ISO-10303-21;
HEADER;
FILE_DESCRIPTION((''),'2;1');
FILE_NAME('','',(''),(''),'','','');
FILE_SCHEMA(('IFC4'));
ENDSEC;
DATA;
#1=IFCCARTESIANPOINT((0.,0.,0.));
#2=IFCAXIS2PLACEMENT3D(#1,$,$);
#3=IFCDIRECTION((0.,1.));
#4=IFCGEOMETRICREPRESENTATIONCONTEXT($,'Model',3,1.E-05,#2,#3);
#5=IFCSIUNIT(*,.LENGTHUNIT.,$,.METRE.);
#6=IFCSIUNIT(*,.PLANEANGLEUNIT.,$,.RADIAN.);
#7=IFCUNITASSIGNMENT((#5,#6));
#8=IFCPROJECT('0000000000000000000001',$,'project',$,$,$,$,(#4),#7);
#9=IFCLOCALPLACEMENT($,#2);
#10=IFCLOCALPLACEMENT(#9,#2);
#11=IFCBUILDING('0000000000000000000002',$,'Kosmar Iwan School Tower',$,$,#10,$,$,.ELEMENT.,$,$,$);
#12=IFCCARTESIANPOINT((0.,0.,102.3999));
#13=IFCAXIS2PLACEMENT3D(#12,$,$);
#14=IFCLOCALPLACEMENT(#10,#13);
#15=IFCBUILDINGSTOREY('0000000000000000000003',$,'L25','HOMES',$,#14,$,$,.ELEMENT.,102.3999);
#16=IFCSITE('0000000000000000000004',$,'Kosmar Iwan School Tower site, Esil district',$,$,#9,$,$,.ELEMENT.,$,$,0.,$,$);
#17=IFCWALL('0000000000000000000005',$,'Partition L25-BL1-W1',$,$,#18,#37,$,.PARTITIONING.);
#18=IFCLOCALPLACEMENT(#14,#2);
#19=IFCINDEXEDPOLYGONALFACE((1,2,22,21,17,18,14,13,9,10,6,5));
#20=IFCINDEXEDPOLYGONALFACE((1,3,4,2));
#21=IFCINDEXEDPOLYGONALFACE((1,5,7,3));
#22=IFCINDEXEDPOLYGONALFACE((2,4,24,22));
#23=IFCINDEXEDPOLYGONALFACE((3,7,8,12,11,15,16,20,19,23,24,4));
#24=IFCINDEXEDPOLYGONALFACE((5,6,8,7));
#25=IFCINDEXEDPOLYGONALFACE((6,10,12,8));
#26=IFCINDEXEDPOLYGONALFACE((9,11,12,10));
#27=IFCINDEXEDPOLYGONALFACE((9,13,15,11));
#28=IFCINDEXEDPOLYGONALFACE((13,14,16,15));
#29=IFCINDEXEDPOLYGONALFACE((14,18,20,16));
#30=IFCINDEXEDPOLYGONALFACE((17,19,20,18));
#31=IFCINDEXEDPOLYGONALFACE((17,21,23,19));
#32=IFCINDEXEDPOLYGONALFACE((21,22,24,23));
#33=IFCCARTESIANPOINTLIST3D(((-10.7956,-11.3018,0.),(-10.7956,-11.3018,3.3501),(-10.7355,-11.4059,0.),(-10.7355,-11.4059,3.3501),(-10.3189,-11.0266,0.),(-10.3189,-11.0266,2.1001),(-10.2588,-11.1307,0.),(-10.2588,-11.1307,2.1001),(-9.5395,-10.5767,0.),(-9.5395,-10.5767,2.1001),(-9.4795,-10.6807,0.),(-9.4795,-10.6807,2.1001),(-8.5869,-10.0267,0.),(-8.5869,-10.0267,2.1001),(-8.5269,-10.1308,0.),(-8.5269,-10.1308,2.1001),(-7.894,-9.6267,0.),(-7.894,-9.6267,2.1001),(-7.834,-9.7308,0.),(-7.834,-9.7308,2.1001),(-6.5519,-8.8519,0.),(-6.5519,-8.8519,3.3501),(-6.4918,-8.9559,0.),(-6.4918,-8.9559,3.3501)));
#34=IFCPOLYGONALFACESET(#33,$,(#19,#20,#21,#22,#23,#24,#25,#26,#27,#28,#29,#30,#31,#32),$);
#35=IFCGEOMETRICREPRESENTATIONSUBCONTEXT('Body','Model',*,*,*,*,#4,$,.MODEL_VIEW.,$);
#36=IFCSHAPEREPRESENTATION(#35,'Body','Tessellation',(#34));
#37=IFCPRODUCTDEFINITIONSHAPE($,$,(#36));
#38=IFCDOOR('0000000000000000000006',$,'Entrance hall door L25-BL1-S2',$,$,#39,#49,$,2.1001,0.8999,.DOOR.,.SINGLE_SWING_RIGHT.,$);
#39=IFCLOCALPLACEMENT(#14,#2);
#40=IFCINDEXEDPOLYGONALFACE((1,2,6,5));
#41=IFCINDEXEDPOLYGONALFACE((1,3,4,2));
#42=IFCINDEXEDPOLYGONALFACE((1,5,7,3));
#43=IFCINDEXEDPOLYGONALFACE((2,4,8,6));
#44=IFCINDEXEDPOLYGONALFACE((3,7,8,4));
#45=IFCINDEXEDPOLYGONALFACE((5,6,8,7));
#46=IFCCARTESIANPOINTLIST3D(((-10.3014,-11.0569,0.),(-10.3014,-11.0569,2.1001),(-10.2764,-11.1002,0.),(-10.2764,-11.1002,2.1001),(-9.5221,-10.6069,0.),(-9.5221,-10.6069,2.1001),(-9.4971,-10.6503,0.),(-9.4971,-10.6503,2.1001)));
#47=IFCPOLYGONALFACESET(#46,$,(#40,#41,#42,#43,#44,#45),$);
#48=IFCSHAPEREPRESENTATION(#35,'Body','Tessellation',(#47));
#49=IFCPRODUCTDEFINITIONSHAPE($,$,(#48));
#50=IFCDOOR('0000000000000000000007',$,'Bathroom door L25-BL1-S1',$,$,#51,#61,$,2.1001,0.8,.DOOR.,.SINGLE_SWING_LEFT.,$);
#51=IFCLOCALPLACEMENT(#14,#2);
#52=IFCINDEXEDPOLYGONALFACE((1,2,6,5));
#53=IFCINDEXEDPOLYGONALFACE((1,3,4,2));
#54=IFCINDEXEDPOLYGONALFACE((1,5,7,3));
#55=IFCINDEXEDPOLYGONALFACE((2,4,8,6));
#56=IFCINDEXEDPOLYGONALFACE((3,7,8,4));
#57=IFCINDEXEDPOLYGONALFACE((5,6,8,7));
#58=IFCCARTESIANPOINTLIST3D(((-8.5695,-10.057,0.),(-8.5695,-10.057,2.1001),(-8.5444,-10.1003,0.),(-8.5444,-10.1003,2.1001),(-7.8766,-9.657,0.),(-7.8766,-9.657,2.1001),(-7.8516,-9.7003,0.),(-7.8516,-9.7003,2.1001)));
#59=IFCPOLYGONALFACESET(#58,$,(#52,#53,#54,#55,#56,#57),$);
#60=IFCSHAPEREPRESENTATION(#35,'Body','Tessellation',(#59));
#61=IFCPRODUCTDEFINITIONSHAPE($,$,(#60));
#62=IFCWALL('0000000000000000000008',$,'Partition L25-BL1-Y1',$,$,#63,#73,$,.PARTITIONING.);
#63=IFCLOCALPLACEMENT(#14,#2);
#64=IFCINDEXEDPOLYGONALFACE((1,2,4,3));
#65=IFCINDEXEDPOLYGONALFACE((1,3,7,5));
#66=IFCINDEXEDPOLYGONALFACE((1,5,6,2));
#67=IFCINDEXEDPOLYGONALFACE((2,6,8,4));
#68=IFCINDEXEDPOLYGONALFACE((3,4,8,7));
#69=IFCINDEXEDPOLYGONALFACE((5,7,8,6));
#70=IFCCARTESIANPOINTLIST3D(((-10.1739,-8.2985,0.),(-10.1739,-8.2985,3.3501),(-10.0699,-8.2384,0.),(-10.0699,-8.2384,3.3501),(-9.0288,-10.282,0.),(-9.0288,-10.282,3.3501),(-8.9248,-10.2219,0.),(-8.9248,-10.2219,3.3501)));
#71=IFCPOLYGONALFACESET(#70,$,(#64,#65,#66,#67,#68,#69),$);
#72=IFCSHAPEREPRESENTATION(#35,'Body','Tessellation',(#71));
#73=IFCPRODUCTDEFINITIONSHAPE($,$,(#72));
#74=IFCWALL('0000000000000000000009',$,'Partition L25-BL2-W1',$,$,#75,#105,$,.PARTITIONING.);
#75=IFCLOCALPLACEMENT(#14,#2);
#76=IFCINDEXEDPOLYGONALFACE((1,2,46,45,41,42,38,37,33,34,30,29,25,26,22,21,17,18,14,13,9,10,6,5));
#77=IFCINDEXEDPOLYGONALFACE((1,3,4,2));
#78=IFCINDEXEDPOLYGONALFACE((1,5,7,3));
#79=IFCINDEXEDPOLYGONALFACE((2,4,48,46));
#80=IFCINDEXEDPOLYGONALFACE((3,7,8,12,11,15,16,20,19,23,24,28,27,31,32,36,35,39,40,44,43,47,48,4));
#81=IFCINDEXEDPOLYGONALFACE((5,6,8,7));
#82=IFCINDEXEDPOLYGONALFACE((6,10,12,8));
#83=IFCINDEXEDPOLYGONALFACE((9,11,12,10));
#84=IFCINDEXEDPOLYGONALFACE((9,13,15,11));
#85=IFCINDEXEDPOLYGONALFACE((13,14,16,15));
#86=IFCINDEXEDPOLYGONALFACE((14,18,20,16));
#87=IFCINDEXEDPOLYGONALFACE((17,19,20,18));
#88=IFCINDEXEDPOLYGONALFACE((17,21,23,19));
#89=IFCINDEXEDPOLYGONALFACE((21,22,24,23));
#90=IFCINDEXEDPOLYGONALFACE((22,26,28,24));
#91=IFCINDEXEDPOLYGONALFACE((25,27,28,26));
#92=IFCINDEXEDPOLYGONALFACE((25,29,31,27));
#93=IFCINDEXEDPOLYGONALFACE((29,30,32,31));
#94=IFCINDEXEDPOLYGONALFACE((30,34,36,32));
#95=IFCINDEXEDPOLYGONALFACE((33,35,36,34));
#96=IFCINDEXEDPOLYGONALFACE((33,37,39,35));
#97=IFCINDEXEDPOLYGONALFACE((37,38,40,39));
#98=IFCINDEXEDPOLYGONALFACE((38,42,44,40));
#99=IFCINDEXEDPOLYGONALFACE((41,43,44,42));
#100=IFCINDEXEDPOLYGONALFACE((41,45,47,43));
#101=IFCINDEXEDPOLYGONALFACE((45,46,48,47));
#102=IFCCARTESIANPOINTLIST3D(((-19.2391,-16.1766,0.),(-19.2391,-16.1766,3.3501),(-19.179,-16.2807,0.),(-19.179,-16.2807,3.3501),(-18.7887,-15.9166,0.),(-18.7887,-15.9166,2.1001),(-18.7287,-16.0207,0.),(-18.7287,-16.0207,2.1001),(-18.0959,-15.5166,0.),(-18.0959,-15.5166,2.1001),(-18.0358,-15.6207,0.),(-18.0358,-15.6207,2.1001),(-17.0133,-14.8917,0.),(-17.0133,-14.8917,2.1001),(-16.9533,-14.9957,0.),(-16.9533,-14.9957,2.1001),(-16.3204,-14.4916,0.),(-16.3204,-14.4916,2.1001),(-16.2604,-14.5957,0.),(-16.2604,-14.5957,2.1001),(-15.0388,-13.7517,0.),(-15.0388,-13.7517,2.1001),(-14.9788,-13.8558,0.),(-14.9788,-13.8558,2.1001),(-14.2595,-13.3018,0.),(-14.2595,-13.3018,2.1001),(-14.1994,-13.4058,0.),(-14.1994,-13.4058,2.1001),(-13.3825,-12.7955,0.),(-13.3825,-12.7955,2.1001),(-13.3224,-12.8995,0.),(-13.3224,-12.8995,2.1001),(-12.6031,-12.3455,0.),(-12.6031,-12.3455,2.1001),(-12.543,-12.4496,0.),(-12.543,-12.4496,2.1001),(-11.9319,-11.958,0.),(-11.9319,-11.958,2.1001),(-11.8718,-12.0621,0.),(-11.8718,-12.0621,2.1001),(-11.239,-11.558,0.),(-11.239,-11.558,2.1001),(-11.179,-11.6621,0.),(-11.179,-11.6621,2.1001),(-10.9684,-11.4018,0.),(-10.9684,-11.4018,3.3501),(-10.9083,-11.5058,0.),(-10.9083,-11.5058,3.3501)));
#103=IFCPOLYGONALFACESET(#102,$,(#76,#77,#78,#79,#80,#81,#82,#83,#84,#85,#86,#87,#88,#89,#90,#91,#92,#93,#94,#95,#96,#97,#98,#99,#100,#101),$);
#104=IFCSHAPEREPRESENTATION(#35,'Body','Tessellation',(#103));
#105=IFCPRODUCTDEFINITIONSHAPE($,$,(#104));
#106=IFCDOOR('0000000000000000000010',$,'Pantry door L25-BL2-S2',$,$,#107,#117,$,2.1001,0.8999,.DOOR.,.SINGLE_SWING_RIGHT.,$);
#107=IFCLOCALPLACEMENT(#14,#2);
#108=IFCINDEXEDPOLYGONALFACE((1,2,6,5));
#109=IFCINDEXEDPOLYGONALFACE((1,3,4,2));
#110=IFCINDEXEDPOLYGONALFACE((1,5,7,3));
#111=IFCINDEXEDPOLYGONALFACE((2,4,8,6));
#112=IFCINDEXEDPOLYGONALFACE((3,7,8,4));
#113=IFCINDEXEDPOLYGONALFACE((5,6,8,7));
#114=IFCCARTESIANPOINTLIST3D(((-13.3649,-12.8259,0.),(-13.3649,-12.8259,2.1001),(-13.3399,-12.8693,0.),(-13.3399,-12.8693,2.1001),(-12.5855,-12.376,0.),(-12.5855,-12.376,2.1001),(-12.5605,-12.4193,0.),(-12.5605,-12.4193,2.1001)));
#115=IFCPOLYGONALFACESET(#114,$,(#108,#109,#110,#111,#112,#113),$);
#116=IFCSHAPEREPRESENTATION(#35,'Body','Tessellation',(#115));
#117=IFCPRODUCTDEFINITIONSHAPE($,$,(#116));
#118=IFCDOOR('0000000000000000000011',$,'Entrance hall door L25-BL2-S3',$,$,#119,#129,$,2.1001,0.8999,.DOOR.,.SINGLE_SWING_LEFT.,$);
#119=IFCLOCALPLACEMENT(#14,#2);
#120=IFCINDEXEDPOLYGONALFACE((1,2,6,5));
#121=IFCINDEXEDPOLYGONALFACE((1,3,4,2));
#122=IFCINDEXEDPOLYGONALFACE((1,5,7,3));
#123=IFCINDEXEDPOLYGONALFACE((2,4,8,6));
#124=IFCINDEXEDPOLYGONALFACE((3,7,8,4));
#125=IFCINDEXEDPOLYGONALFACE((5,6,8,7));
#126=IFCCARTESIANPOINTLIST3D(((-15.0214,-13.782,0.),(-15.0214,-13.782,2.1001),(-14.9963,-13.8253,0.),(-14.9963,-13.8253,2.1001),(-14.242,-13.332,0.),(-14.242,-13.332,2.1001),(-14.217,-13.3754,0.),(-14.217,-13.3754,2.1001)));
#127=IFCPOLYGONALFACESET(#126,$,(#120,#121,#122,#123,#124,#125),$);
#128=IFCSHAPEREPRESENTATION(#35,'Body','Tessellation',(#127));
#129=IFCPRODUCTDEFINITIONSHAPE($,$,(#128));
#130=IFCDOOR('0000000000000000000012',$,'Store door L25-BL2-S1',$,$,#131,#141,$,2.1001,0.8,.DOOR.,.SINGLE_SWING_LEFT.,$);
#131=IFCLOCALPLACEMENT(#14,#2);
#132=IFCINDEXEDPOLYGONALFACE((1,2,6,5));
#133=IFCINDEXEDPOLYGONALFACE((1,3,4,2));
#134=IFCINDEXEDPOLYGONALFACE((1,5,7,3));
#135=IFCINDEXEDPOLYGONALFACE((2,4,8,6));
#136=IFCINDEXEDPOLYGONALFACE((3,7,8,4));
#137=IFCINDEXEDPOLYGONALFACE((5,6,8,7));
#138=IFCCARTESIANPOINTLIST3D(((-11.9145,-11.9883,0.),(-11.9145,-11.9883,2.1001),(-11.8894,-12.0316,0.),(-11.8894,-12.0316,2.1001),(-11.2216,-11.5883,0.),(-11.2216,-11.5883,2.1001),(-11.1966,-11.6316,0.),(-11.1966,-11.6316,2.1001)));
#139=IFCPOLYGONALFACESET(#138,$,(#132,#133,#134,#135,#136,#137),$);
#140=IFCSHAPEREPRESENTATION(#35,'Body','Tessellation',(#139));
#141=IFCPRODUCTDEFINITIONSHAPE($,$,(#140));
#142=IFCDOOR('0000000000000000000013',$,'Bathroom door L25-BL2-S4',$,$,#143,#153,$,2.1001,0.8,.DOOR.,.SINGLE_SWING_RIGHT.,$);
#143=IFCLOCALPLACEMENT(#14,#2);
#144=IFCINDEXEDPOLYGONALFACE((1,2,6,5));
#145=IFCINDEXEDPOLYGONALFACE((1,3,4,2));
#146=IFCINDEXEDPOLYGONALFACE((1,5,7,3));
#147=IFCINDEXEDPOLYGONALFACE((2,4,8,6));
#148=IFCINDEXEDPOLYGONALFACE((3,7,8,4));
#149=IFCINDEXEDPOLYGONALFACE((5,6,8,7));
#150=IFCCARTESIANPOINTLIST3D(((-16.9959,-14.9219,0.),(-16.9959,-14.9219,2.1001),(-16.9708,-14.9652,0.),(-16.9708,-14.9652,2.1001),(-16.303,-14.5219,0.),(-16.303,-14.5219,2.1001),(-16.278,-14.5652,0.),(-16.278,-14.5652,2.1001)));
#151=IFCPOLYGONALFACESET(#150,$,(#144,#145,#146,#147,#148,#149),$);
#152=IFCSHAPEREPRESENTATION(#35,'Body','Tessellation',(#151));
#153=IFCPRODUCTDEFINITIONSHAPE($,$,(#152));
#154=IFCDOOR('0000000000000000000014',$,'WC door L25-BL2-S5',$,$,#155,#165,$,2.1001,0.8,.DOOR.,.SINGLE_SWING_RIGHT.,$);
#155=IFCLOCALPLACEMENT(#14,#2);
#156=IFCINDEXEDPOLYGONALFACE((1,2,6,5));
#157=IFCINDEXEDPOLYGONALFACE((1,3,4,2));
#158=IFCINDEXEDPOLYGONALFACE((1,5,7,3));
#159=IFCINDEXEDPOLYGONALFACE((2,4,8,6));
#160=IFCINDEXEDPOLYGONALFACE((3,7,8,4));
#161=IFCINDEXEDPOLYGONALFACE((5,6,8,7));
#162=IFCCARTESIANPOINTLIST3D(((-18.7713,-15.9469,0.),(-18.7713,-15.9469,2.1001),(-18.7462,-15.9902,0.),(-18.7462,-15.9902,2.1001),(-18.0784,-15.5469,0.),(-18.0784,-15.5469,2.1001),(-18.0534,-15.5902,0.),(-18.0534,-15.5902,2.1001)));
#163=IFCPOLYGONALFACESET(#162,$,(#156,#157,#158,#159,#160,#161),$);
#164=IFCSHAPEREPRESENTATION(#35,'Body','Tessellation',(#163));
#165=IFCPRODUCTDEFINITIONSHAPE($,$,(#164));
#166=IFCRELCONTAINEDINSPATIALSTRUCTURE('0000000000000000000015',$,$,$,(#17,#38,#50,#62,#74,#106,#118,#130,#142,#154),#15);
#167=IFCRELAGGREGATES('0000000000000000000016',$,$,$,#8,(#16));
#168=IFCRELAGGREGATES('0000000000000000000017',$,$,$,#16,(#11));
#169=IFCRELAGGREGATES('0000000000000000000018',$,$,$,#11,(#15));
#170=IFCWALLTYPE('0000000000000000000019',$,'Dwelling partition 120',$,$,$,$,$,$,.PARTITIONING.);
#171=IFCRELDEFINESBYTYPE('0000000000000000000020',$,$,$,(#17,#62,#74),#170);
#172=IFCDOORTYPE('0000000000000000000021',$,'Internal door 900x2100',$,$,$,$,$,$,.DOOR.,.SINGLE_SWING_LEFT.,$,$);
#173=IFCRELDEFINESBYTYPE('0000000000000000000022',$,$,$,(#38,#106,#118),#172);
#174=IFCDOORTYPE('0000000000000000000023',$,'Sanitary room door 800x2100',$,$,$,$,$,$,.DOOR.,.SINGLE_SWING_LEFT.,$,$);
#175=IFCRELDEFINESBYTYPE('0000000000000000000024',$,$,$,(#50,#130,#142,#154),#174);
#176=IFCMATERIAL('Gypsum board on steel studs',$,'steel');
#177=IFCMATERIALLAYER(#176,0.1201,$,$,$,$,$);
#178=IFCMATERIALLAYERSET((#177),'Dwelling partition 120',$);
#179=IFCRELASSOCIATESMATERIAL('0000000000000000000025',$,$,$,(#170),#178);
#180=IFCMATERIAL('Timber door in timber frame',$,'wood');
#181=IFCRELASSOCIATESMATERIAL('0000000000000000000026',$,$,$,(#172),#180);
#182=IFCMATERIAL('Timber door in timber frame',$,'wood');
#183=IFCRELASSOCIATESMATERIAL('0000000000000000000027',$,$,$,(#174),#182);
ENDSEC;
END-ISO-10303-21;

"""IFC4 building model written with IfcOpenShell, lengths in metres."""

from ifc_helpers import new_model, si_unit, direction, frame, frame_2d, origin, place, context, subcontext, project, spatial, rectangle, extrude, material, layer, layer_set, type_object, element, fill, save


model = new_model("IFC4")

# Units and contexts
model_context = context("Model", 3, precision=1e-05, world=origin(), true_north=direction((0.0, 1.0)))
body_context = subcontext(model_context, "Body", "Model", "MODEL_VIEW")
ifc_project = project(units=[si_unit("LENGTHUNIT", "METRE"), si_unit("PLANEANGLEUNIT", "RADIAN")], contexts=[model_context])

# Site, building, storey
site_placement = place(None, origin())
site = spatial("IfcSite", under=ifc_project, at=site_placement, Name="Kosmar Iwan School Tower site, Esil district", CompositionType="ELEMENT", RefElevation=0.0)
building_placement = place(site_placement, origin())
building = spatial("IfcBuilding", under=site, at=building_placement, Name="Kosmar Iwan School Tower", CompositionType="ELEMENT")
storey_placement = place(building_placement, frame((0.0, 0.0, 102.3999)))
storey = spatial("IfcBuildingStorey", under=building, at=storey_placement, Name="L25", Description="HOMES", CompositionType="ELEMENT", Elevation=102.3999)

# Wall, openings, doors
ifc_material_1 = material(Name="Gypsum board on steel studs", Category="steel")
ifc_layer_1 = layer(ifc_material_1, 0.1201)
ifc_layer_set_1 = layer_set([ifc_layer_1], Name="Dwelling partition 120")
wall_type_1 = type_object("IfcWallType", Name="Dwelling partition 120", PredefinedType="PARTITIONING", material=ifc_layer_set_1)
wall_1_placement = place(storey_placement, frame((-6.5217, -8.9038, 0.0), z_axis=(0.0, 0.0, 1.0), x_axis=(-0.866036, -0.499981, 0.0)))
wall_1 = element("IfcWall", 1, at=wall_1_placement, inside=storey, type_object=wall_type_1, Name="Partition L25-BL1-W1", PredefinedType="PARTITIONING", context=body_context, shape_type="SweptSolid", body=[
    extrude(rectangle(XDim=4.9001, YDim=0.1201, at=frame_2d((2.4502, 0.0))), origin(), (0.0, 0.0, 1.0), 3.3501),
])
opening_1_placement = place(wall_1_placement, frame((1.55, 0.0, 0.0)))
opening_1 = element("IfcOpeningElement", 2, at=opening_1_placement, cuts=wall_1, PredefinedType="OPENING", context=body_context, shape_type="SweptSolid", body=[
    extrude(rectangle(XDim=0.8, YDim=2.1001, at=frame_2d((0.3999, 1.05))), frame((0.0, 0.072, 0.0), z_axis=(0.0, -1.0, 0.0), x_axis=(1.0, 0.0, 0.0)), (0.0, 0.0, 1.0), 0.144),
])
opening_2_placement = place(wall_1_placement, frame((3.45, 0.0, 0.0)))
opening_2 = element("IfcOpeningElement", 3, at=opening_2_placement, cuts=wall_1, PredefinedType="OPENING", context=body_context, shape_type="SweptSolid", body=[
    extrude(rectangle(XDim=0.8999, YDim=2.1001, at=frame_2d((0.45, 1.05))), frame((0.0, 0.072, 0.0), z_axis=(0.0, -1.0, 0.0), x_axis=(1.0, 0.0, 0.0)), (0.0, 0.0, 1.0), 0.144),
])
ifc_material_2 = material(Name="Timber door in timber frame", Category="wood")
door_type_1 = type_object("IfcDoorType", Name="Internal door 900x2100", OperationType="SINGLE_SWING_LEFT", PredefinedType="DOOR", material=ifc_material_2)
door_1_placement = place(opening_2_placement, origin())
door_1 = element("IfcDoor", 4, at=door_1_placement, inside=storey, type_object=door_type_1, Name="Entrance hall door L25-BL1-S2", OperationType="SINGLE_SWING_RIGHT", OverallHeight=2.1001, OverallWidth=0.8999, PredefinedType="DOOR", context=body_context, shape_type="SweptSolid", body=[
    extrude(rectangle(XDim=0.8999, YDim=2.1001, at=frame_2d((0.45, 1.05))), frame((0.0, 0.0249, 0.0), z_axis=(0.0, -1.0, 0.0), x_axis=(1.0, 0.0, 0.0)), (0.0, 0.0, 1.0), 0.05),
])
fill(opening_2, door_1)
ifc_material_3 = material(Name="Timber door in timber frame", Category="wood")
door_type_2 = type_object("IfcDoorType", Name="Sanitary room door 800x2100", OperationType="SINGLE_SWING_LEFT", PredefinedType="DOOR", material=ifc_material_3)
door_2_placement = place(opening_1_placement, origin())
door_2 = element("IfcDoor", 5, at=door_2_placement, inside=storey, type_object=door_type_2, Name="Bathroom door L25-BL1-S1", OperationType="SINGLE_SWING_LEFT", OverallHeight=2.1001, OverallWidth=0.8, PredefinedType="DOOR", context=body_context, shape_type="SweptSolid", body=[
    extrude(rectangle(XDim=0.8, YDim=2.1001, at=frame_2d((0.3999, 1.05))), frame((0.0, 0.0249, 0.0), z_axis=(0.0, -1.0, 0.0), x_axis=(1.0, 0.0, 0.0)), (0.0, 0.0, 1.0), 0.05),
])
fill(opening_1, door_2)

# Wall
wall_2_placement = place(storey_placement, frame((-10.1218, -8.2686, 0.0), z_axis=(0.0, 0.0, 1.0), x_axis=(0.499969, -0.866044, 0.0)))
element("IfcWall", 6, at=wall_2_placement, inside=storey, type_object=wall_type_1, Name="Partition L25-BL1-Y1", PredefinedType="PARTITIONING", context=body_context, shape_type="SweptSolid", body=[
    extrude(rectangle(XDim=2.2903, YDim=0.1201, at=frame_2d((1.145, 0.0))), origin(), (0.0, 0.0, 1.0), 3.3501),
])

# Wall, openings, doors
wall_3_placement = place(storey_placement, frame((-10.9385, -11.4539, 0.0), z_axis=(0.0, 0.0, 1.0), x_axis=(-0.866035, -0.499983, 0.0)))
wall_3 = element("IfcWall", 7, at=wall_3_placement, inside=storey, type_object=wall_type_1, Name="Partition L25-BL2-W1", PredefinedType="PARTITIONING", context=body_context, shape_type="SweptSolid", body=[
    extrude(rectangle(XDim=9.55, YDim=0.1201, at=frame_2d((4.7749, 0.0))), origin(), (0.0, 0.0, 1.0), 3.3501),
])
opening_3_placement = place(wall_3_placement, frame((0.3125, 0.0, 0.0)))
opening_3 = element("IfcOpeningElement", 8, at=opening_3_placement, cuts=wall_3, PredefinedType="OPENING", context=body_context, shape_type="SweptSolid", body=[
    extrude(rectangle(XDim=0.8, YDim=2.1001, at=frame_2d((0.3999, 1.05))), frame((0.0, 0.072, 0.0), z_axis=(0.0, -1.0, 0.0), x_axis=(1.0, 0.0, 0.0)), (0.0, 0.0, 1.0), 0.144),
])
opening_4_placement = place(wall_3_placement, frame((1.8875, 0.0, 0.0)))
opening_4 = element("IfcOpeningElement", 9, at=opening_4_placement, cuts=wall_3, PredefinedType="OPENING", context=body_context, shape_type="SweptSolid", body=[
    extrude(rectangle(XDim=0.8999, YDim=2.1001, at=frame_2d((0.45, 1.05))), frame((0.0, 0.072, 0.0), z_axis=(0.0, -1.0, 0.0), x_axis=(1.0, 0.0, 0.0)), (0.0, 0.0, 1.0), 0.144),
])
opening_5_placement = place(wall_3_placement, frame((3.8, 0.0, 0.0)))
opening_5 = element("IfcOpeningElement", 10, at=opening_5_placement, cuts=wall_3, PredefinedType="OPENING", context=body_context, shape_type="SweptSolid", body=[
    extrude(rectangle(XDim=0.8999, YDim=2.1001, at=frame_2d((0.45, 1.05))), frame((0.0, 0.072, 0.0), z_axis=(0.0, -1.0, 0.0), x_axis=(1.0, 0.0, 0.0)), (0.0, 0.0, 1.0), 0.144),
])
opening_6_placement = place(wall_3_placement, frame((6.1799, 0.0, 0.0)))
opening_6 = element("IfcOpeningElement", 11, at=opening_6_placement, cuts=wall_3, PredefinedType="OPENING", context=body_context, shape_type="SweptSolid", body=[
    extrude(rectangle(XDim=0.8, YDim=2.1001, at=frame_2d((0.3999, 1.05))), frame((0.0, 0.072, 0.0), z_axis=(0.0, -1.0, 0.0), x_axis=(1.0, 0.0, 0.0)), (0.0, 0.0, 1.0), 0.144),
])
opening_7_placement = place(wall_3_placement, frame((8.23, 0.0, 0.0)))
opening_7 = element("IfcOpeningElement", 12, at=opening_7_placement, cuts=wall_3, PredefinedType="OPENING", context=body_context, shape_type="SweptSolid", body=[
    extrude(rectangle(XDim=0.8, YDim=2.1001, at=frame_2d((0.3999, 1.05))), frame((0.0, 0.072, 0.0), z_axis=(0.0, -1.0, 0.0), x_axis=(1.0, 0.0, 0.0)), (0.0, 0.0, 1.0), 0.144),
])
door_3_placement = place(opening_4_placement, frame((0.8999, 0.0, 0.0), z_axis=(0.0, 0.0, 1.0), x_axis=(-1.0, 0.0, 0.0)))
door_3 = element("IfcDoor", 13, at=door_3_placement, inside=storey, type_object=door_type_1, Name="Pantry door L25-BL2-S2", OperationType="SINGLE_SWING_RIGHT", OverallHeight=2.1001, OverallWidth=0.8999, PredefinedType="DOOR", context=body_context, shape_type="SweptSolid", body=[
    extrude(rectangle(XDim=0.8999, YDim=2.1001, at=frame_2d((0.45, 1.05))), frame((0.0, 0.0249, 0.0), z_axis=(0.0, -1.0, 0.0), x_axis=(1.0, 0.0, 0.0)), (0.0, 0.0, 1.0), 0.05),
])
fill(opening_4, door_3)
door_4_placement = place(opening_5_placement, origin())
door_4 = element("IfcDoor", 14, at=door_4_placement, inside=storey, type_object=door_type_1, Name="Entrance hall door L25-BL2-S3", OperationType="SINGLE_SWING_LEFT", OverallHeight=2.1001, OverallWidth=0.8999, PredefinedType="DOOR", context=body_context, shape_type="SweptSolid", body=[
    extrude(rectangle(XDim=0.8999, YDim=2.1001, at=frame_2d((0.45, 1.05))), frame((0.0, 0.0249, 0.0), z_axis=(0.0, -1.0, 0.0), x_axis=(1.0, 0.0, 0.0)), (0.0, 0.0, 1.0), 0.05),
])
fill(opening_5, door_4)
door_5_placement = place(opening_3_placement, origin())
door_5 = element("IfcDoor", 15, at=door_5_placement, inside=storey, type_object=door_type_2, Name="Store door L25-BL2-S1", OperationType="SINGLE_SWING_LEFT", OverallHeight=2.1001, OverallWidth=0.8, PredefinedType="DOOR", context=body_context, shape_type="SweptSolid", body=[
    extrude(rectangle(XDim=0.8, YDim=2.1001, at=frame_2d((0.3999, 1.05))), frame((0.0, 0.0249, 0.0), z_axis=(0.0, -1.0, 0.0), x_axis=(1.0, 0.0, 0.0)), (0.0, 0.0, 1.0), 0.05),
])
fill(opening_3, door_5)
door_6_placement = place(opening_6_placement, origin())
door_6 = element("IfcDoor", 16, at=door_6_placement, inside=storey, type_object=door_type_2, Name="Bathroom door L25-BL2-S4", OperationType="SINGLE_SWING_RIGHT", OverallHeight=2.1001, OverallWidth=0.8, PredefinedType="DOOR", context=body_context, shape_type="SweptSolid", body=[
    extrude(rectangle(XDim=0.8, YDim=2.1001, at=frame_2d((0.3999, 1.05))), frame((0.0, 0.0249, 0.0), z_axis=(0.0, -1.0, 0.0), x_axis=(1.0, 0.0, 0.0)), (0.0, 0.0, 1.0), 0.05),
])
fill(opening_6, door_6)
door_7_placement = place(opening_7_placement, origin())
door_7 = element("IfcDoor", 17, at=door_7_placement, inside=storey, type_object=door_type_2, Name="WC door L25-BL2-S5", OperationType="SINGLE_SWING_RIGHT", OverallHeight=2.1001, OverallWidth=0.8, PredefinedType="DOOR", context=body_context, shape_type="SweptSolid", body=[
    extrude(rectangle(XDim=0.8, YDim=2.1001, at=frame_2d((0.3999, 1.05))), frame((0.0, 0.0249, 0.0), z_axis=(0.0, -1.0, 0.0), x_axis=(1.0, 0.0, 0.0)), (0.0, 0.0, 1.0), 0.05),
])
fill(opening_7, door_7)

save(model, "model.ifc")
